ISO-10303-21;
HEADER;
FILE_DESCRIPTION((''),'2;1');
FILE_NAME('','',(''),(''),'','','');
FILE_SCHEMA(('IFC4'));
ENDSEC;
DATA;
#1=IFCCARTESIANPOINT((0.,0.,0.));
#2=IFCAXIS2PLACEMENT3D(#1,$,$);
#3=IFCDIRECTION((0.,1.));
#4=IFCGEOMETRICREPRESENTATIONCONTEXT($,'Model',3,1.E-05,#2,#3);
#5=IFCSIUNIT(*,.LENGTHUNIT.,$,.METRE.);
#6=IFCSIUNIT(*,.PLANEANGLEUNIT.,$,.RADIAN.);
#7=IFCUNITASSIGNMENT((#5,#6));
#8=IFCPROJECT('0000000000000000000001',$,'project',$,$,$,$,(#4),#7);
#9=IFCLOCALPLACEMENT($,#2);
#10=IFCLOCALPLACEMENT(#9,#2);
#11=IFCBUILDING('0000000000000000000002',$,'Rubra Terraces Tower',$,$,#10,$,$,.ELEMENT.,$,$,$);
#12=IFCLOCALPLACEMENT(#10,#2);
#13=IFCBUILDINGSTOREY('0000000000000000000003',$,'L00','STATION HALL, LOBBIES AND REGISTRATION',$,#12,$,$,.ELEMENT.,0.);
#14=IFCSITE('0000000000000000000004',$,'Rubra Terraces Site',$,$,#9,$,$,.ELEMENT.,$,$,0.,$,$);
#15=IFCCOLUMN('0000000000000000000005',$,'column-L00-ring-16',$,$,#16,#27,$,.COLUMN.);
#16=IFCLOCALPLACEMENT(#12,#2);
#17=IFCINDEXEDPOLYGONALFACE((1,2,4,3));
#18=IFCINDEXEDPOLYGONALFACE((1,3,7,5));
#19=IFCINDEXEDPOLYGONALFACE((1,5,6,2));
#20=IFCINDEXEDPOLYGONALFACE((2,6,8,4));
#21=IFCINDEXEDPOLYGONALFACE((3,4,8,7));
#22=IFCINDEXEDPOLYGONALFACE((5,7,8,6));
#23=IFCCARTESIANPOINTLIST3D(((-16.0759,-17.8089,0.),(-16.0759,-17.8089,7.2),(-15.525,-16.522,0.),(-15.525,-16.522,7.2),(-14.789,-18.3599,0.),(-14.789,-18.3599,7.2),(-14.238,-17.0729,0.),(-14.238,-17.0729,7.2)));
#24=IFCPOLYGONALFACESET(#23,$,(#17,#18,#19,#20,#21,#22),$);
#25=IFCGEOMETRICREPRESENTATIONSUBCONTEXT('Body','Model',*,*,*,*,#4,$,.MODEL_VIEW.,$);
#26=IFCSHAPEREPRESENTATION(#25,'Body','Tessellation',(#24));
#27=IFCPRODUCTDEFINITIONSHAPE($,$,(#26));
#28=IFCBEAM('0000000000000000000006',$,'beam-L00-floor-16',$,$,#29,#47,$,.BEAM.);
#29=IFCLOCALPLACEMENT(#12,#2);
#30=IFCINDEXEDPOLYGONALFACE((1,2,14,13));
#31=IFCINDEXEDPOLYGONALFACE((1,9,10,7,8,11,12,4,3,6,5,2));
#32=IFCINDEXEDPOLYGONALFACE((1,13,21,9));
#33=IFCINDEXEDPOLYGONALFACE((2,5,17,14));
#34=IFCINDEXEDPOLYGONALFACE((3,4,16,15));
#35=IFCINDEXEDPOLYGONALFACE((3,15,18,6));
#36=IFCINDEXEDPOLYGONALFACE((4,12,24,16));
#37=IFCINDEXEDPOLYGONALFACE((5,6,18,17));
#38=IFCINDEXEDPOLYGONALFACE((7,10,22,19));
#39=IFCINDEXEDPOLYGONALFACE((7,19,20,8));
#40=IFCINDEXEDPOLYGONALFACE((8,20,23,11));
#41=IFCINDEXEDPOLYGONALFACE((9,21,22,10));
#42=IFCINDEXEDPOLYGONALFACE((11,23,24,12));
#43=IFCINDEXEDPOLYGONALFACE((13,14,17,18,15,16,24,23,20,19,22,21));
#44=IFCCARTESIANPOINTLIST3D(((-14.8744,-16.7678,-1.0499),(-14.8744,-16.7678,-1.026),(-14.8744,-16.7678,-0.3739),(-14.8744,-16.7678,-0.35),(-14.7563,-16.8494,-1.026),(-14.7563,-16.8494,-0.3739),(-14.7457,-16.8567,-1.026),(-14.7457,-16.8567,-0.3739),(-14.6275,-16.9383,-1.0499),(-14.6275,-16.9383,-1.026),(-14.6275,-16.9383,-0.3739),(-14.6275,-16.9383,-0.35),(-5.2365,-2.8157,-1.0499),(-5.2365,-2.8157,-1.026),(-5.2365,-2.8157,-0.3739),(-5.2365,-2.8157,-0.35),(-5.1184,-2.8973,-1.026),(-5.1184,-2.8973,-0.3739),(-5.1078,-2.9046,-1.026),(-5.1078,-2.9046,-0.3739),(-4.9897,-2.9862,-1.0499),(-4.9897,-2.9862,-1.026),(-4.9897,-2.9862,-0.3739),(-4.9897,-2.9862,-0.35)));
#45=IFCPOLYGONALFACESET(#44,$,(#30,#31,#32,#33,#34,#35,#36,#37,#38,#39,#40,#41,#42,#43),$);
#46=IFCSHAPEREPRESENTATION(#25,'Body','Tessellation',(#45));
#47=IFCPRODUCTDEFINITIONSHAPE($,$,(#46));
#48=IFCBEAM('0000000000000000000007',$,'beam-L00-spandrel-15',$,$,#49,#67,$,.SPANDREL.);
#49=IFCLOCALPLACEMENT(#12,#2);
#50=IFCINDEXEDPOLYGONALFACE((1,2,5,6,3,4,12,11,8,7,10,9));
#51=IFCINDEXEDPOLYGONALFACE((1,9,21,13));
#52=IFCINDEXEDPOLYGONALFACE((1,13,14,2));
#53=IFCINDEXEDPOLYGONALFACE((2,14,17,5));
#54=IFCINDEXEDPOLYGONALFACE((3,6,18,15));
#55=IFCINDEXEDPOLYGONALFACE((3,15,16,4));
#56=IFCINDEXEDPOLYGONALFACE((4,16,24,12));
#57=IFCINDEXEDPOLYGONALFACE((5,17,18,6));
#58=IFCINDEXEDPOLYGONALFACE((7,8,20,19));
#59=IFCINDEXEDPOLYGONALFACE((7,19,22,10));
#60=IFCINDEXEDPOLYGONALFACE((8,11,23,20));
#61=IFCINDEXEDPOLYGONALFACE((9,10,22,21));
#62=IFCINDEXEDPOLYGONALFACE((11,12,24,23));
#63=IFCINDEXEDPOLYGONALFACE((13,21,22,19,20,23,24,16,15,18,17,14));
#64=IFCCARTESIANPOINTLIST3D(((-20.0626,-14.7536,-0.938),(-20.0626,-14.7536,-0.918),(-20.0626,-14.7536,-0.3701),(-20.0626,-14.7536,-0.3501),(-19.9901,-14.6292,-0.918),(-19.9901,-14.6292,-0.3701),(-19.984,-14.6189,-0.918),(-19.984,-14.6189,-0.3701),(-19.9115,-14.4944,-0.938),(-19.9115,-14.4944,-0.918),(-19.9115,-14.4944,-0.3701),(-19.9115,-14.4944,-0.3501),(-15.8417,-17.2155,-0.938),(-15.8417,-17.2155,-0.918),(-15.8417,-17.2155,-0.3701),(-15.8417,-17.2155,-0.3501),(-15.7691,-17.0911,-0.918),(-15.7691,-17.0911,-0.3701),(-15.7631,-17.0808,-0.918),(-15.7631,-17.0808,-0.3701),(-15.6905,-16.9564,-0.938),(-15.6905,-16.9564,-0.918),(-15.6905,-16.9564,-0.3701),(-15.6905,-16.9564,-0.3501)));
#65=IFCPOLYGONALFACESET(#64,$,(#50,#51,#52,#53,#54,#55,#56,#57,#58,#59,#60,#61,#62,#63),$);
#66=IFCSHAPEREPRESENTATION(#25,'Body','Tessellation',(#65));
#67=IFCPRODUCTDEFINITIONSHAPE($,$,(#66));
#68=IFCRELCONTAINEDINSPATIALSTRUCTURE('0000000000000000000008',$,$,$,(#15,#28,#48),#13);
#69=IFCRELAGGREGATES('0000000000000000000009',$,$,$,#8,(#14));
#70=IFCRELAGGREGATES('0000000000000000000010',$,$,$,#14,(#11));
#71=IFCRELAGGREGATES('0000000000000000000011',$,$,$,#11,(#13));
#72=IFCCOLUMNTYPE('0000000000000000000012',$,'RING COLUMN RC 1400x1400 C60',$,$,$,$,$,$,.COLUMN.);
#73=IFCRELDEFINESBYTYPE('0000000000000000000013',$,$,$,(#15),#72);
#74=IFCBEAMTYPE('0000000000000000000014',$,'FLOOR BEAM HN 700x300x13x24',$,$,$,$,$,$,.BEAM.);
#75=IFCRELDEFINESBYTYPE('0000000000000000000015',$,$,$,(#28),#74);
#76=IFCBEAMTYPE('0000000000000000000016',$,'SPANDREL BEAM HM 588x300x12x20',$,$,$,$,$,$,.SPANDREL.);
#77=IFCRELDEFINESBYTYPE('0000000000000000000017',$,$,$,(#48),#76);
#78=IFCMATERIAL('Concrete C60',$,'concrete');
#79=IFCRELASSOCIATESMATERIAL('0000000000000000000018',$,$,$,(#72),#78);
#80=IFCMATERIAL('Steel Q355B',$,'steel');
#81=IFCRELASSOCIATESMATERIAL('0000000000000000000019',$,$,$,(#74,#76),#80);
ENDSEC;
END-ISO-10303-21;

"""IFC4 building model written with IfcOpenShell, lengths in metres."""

from ifc_helpers import new_model, si_unit, direction, frame, origin, origin_2d, place, context, subcontext, project, spatial, rectangle, i_section, extrude, material, material_profile, profile_set, type_object, element, save


model = new_model("IFC4")

# Units and contexts
model_context = context("Model", 3, precision=1e-05, world=origin(), true_north=direction((0.0, 1.0)))
body_context = subcontext(model_context, "Body", "Model", "MODEL_VIEW")
ifc_project = project(units=[si_unit("LENGTHUNIT", "METRE"), si_unit("PLANEANGLEUNIT", "RADIAN")], contexts=[model_context])

# Site, building, storey
site_placement = place(None, origin())
site = spatial("IfcSite", under=ifc_project, at=site_placement, Name="Rubra Terraces Site", CompositionType="ELEMENT", RefElevation=0.0)
building_placement = place(site_placement, origin())
building = spatial("IfcBuilding", under=site, at=building_placement, Name="Rubra Terraces Tower", CompositionType="ELEMENT")
storey_placement = place(building_placement, origin())
storey = spatial("IfcBuildingStorey", under=building, at=storey_placement, Name="L00", Description="STATION HALL, LOBBIES AND REGISTRATION", CompositionType="ELEMENT", Elevation=0.0)

# Column
ifc_material_1 = material(Name="Concrete C60", Category="concrete")
ifc_material_profile_1 = material_profile(ifc_material_1, rectangle(XDim=1.3999, YDim=1.3999, at=origin_2d()), Name="RC 1400x1400")
ifc_profile_set_1 = profile_set([ifc_material_profile_1], Name="Concrete C60")
column_type = type_object("IfcColumnType", Name="RING COLUMN RC 1400x1400 C60", PredefinedType="COLUMN", material=ifc_profile_set_1)
column_placement = place(storey_placement, frame((-15.157, -17.4409, 0.0), z_axis=(0.0, 0.0, 1.0), x_axis=(0.919294, -0.393572, 0.0)))
element("IfcColumn", 1, at=column_placement, inside=storey, type_object=column_type, Name="column-L00-ring-16", PredefinedType="COLUMN", context=body_context, shape_type="SweptSolid", body=[
    extrude(rectangle(XDim=1.3999, YDim=1.3999, at=origin_2d()), origin(), (0.0, 0.0, 1.0), 7.2),
])

# Beams
ifc_material_2 = material(Name="Steel Q355B", Category="steel")
ifc_material_profile_2 = material_profile(ifc_material_2, i_section(OverallWidth=0.3, OverallDepth=0.7, WebThickness=0.0129, FlangeThickness=0.0239, at=origin_2d()), Name="HN 700x300x13x24")
ifc_profile_set_2 = profile_set([ifc_material_profile_2], Name="Steel Q355B")
beam_type_1 = type_object("IfcBeamType", Name="FLOOR BEAM HN 700x300x13x24", PredefinedType="BEAM", material=ifc_profile_set_2)
beam_1_placement = place(storey_placement, frame((-14.751, -16.853, -0.7), z_axis=(0.568363, 0.822778, 0.0), x_axis=(-0.822778, 0.568363, 0.0)))
element("IfcBeam", 2, at=beam_1_placement, inside=storey, type_object=beam_type_1, Name="beam-L00-floor-16", PredefinedType="BEAM", context=body_context, shape_type="SweptSolid", body=[
    extrude(i_section(OverallWidth=0.3, OverallDepth=0.7, WebThickness=0.0129, FlangeThickness=0.0239, at=origin_2d()), origin(), (0.0, 0.0, 1.0), 16.9573),
])
ifc_material_profile_3 = material_profile(ifc_material_2, i_section(OverallWidth=0.3, OverallDepth=0.5879, WebThickness=0.012, FlangeThickness=0.02, at=origin_2d()), Name="HM 588x300x12x20")
ifc_profile_set_3 = profile_set([ifc_material_profile_3], Name="Steel Q355B")
beam_type_2 = type_object("IfcBeamType", Name="SPANDREL BEAM HM 588x300x12x20", PredefinedType="SPANDREL", material=ifc_profile_set_3)
beam_2_placement = place(storey_placement, frame((-19.9871, -14.624, -0.644), z_axis=(0.863806, -0.503824, 0.0), x_axis=(0.503824, 0.863806, 0.0)))
element("IfcBeam", 3, at=beam_2_placement, inside=storey, type_object=beam_type_2, Name="beam-L00-spandrel-15", PredefinedType="SPANDREL", context=body_context, shape_type="SweptSolid", body=[
    extrude(i_section(OverallWidth=0.3, OverallDepth=0.5879, WebThickness=0.012, FlangeThickness=0.02, at=origin_2d()), origin(), (0.0, 0.0, 1.0), 4.8865),
])

save(model, "model.ifc")
